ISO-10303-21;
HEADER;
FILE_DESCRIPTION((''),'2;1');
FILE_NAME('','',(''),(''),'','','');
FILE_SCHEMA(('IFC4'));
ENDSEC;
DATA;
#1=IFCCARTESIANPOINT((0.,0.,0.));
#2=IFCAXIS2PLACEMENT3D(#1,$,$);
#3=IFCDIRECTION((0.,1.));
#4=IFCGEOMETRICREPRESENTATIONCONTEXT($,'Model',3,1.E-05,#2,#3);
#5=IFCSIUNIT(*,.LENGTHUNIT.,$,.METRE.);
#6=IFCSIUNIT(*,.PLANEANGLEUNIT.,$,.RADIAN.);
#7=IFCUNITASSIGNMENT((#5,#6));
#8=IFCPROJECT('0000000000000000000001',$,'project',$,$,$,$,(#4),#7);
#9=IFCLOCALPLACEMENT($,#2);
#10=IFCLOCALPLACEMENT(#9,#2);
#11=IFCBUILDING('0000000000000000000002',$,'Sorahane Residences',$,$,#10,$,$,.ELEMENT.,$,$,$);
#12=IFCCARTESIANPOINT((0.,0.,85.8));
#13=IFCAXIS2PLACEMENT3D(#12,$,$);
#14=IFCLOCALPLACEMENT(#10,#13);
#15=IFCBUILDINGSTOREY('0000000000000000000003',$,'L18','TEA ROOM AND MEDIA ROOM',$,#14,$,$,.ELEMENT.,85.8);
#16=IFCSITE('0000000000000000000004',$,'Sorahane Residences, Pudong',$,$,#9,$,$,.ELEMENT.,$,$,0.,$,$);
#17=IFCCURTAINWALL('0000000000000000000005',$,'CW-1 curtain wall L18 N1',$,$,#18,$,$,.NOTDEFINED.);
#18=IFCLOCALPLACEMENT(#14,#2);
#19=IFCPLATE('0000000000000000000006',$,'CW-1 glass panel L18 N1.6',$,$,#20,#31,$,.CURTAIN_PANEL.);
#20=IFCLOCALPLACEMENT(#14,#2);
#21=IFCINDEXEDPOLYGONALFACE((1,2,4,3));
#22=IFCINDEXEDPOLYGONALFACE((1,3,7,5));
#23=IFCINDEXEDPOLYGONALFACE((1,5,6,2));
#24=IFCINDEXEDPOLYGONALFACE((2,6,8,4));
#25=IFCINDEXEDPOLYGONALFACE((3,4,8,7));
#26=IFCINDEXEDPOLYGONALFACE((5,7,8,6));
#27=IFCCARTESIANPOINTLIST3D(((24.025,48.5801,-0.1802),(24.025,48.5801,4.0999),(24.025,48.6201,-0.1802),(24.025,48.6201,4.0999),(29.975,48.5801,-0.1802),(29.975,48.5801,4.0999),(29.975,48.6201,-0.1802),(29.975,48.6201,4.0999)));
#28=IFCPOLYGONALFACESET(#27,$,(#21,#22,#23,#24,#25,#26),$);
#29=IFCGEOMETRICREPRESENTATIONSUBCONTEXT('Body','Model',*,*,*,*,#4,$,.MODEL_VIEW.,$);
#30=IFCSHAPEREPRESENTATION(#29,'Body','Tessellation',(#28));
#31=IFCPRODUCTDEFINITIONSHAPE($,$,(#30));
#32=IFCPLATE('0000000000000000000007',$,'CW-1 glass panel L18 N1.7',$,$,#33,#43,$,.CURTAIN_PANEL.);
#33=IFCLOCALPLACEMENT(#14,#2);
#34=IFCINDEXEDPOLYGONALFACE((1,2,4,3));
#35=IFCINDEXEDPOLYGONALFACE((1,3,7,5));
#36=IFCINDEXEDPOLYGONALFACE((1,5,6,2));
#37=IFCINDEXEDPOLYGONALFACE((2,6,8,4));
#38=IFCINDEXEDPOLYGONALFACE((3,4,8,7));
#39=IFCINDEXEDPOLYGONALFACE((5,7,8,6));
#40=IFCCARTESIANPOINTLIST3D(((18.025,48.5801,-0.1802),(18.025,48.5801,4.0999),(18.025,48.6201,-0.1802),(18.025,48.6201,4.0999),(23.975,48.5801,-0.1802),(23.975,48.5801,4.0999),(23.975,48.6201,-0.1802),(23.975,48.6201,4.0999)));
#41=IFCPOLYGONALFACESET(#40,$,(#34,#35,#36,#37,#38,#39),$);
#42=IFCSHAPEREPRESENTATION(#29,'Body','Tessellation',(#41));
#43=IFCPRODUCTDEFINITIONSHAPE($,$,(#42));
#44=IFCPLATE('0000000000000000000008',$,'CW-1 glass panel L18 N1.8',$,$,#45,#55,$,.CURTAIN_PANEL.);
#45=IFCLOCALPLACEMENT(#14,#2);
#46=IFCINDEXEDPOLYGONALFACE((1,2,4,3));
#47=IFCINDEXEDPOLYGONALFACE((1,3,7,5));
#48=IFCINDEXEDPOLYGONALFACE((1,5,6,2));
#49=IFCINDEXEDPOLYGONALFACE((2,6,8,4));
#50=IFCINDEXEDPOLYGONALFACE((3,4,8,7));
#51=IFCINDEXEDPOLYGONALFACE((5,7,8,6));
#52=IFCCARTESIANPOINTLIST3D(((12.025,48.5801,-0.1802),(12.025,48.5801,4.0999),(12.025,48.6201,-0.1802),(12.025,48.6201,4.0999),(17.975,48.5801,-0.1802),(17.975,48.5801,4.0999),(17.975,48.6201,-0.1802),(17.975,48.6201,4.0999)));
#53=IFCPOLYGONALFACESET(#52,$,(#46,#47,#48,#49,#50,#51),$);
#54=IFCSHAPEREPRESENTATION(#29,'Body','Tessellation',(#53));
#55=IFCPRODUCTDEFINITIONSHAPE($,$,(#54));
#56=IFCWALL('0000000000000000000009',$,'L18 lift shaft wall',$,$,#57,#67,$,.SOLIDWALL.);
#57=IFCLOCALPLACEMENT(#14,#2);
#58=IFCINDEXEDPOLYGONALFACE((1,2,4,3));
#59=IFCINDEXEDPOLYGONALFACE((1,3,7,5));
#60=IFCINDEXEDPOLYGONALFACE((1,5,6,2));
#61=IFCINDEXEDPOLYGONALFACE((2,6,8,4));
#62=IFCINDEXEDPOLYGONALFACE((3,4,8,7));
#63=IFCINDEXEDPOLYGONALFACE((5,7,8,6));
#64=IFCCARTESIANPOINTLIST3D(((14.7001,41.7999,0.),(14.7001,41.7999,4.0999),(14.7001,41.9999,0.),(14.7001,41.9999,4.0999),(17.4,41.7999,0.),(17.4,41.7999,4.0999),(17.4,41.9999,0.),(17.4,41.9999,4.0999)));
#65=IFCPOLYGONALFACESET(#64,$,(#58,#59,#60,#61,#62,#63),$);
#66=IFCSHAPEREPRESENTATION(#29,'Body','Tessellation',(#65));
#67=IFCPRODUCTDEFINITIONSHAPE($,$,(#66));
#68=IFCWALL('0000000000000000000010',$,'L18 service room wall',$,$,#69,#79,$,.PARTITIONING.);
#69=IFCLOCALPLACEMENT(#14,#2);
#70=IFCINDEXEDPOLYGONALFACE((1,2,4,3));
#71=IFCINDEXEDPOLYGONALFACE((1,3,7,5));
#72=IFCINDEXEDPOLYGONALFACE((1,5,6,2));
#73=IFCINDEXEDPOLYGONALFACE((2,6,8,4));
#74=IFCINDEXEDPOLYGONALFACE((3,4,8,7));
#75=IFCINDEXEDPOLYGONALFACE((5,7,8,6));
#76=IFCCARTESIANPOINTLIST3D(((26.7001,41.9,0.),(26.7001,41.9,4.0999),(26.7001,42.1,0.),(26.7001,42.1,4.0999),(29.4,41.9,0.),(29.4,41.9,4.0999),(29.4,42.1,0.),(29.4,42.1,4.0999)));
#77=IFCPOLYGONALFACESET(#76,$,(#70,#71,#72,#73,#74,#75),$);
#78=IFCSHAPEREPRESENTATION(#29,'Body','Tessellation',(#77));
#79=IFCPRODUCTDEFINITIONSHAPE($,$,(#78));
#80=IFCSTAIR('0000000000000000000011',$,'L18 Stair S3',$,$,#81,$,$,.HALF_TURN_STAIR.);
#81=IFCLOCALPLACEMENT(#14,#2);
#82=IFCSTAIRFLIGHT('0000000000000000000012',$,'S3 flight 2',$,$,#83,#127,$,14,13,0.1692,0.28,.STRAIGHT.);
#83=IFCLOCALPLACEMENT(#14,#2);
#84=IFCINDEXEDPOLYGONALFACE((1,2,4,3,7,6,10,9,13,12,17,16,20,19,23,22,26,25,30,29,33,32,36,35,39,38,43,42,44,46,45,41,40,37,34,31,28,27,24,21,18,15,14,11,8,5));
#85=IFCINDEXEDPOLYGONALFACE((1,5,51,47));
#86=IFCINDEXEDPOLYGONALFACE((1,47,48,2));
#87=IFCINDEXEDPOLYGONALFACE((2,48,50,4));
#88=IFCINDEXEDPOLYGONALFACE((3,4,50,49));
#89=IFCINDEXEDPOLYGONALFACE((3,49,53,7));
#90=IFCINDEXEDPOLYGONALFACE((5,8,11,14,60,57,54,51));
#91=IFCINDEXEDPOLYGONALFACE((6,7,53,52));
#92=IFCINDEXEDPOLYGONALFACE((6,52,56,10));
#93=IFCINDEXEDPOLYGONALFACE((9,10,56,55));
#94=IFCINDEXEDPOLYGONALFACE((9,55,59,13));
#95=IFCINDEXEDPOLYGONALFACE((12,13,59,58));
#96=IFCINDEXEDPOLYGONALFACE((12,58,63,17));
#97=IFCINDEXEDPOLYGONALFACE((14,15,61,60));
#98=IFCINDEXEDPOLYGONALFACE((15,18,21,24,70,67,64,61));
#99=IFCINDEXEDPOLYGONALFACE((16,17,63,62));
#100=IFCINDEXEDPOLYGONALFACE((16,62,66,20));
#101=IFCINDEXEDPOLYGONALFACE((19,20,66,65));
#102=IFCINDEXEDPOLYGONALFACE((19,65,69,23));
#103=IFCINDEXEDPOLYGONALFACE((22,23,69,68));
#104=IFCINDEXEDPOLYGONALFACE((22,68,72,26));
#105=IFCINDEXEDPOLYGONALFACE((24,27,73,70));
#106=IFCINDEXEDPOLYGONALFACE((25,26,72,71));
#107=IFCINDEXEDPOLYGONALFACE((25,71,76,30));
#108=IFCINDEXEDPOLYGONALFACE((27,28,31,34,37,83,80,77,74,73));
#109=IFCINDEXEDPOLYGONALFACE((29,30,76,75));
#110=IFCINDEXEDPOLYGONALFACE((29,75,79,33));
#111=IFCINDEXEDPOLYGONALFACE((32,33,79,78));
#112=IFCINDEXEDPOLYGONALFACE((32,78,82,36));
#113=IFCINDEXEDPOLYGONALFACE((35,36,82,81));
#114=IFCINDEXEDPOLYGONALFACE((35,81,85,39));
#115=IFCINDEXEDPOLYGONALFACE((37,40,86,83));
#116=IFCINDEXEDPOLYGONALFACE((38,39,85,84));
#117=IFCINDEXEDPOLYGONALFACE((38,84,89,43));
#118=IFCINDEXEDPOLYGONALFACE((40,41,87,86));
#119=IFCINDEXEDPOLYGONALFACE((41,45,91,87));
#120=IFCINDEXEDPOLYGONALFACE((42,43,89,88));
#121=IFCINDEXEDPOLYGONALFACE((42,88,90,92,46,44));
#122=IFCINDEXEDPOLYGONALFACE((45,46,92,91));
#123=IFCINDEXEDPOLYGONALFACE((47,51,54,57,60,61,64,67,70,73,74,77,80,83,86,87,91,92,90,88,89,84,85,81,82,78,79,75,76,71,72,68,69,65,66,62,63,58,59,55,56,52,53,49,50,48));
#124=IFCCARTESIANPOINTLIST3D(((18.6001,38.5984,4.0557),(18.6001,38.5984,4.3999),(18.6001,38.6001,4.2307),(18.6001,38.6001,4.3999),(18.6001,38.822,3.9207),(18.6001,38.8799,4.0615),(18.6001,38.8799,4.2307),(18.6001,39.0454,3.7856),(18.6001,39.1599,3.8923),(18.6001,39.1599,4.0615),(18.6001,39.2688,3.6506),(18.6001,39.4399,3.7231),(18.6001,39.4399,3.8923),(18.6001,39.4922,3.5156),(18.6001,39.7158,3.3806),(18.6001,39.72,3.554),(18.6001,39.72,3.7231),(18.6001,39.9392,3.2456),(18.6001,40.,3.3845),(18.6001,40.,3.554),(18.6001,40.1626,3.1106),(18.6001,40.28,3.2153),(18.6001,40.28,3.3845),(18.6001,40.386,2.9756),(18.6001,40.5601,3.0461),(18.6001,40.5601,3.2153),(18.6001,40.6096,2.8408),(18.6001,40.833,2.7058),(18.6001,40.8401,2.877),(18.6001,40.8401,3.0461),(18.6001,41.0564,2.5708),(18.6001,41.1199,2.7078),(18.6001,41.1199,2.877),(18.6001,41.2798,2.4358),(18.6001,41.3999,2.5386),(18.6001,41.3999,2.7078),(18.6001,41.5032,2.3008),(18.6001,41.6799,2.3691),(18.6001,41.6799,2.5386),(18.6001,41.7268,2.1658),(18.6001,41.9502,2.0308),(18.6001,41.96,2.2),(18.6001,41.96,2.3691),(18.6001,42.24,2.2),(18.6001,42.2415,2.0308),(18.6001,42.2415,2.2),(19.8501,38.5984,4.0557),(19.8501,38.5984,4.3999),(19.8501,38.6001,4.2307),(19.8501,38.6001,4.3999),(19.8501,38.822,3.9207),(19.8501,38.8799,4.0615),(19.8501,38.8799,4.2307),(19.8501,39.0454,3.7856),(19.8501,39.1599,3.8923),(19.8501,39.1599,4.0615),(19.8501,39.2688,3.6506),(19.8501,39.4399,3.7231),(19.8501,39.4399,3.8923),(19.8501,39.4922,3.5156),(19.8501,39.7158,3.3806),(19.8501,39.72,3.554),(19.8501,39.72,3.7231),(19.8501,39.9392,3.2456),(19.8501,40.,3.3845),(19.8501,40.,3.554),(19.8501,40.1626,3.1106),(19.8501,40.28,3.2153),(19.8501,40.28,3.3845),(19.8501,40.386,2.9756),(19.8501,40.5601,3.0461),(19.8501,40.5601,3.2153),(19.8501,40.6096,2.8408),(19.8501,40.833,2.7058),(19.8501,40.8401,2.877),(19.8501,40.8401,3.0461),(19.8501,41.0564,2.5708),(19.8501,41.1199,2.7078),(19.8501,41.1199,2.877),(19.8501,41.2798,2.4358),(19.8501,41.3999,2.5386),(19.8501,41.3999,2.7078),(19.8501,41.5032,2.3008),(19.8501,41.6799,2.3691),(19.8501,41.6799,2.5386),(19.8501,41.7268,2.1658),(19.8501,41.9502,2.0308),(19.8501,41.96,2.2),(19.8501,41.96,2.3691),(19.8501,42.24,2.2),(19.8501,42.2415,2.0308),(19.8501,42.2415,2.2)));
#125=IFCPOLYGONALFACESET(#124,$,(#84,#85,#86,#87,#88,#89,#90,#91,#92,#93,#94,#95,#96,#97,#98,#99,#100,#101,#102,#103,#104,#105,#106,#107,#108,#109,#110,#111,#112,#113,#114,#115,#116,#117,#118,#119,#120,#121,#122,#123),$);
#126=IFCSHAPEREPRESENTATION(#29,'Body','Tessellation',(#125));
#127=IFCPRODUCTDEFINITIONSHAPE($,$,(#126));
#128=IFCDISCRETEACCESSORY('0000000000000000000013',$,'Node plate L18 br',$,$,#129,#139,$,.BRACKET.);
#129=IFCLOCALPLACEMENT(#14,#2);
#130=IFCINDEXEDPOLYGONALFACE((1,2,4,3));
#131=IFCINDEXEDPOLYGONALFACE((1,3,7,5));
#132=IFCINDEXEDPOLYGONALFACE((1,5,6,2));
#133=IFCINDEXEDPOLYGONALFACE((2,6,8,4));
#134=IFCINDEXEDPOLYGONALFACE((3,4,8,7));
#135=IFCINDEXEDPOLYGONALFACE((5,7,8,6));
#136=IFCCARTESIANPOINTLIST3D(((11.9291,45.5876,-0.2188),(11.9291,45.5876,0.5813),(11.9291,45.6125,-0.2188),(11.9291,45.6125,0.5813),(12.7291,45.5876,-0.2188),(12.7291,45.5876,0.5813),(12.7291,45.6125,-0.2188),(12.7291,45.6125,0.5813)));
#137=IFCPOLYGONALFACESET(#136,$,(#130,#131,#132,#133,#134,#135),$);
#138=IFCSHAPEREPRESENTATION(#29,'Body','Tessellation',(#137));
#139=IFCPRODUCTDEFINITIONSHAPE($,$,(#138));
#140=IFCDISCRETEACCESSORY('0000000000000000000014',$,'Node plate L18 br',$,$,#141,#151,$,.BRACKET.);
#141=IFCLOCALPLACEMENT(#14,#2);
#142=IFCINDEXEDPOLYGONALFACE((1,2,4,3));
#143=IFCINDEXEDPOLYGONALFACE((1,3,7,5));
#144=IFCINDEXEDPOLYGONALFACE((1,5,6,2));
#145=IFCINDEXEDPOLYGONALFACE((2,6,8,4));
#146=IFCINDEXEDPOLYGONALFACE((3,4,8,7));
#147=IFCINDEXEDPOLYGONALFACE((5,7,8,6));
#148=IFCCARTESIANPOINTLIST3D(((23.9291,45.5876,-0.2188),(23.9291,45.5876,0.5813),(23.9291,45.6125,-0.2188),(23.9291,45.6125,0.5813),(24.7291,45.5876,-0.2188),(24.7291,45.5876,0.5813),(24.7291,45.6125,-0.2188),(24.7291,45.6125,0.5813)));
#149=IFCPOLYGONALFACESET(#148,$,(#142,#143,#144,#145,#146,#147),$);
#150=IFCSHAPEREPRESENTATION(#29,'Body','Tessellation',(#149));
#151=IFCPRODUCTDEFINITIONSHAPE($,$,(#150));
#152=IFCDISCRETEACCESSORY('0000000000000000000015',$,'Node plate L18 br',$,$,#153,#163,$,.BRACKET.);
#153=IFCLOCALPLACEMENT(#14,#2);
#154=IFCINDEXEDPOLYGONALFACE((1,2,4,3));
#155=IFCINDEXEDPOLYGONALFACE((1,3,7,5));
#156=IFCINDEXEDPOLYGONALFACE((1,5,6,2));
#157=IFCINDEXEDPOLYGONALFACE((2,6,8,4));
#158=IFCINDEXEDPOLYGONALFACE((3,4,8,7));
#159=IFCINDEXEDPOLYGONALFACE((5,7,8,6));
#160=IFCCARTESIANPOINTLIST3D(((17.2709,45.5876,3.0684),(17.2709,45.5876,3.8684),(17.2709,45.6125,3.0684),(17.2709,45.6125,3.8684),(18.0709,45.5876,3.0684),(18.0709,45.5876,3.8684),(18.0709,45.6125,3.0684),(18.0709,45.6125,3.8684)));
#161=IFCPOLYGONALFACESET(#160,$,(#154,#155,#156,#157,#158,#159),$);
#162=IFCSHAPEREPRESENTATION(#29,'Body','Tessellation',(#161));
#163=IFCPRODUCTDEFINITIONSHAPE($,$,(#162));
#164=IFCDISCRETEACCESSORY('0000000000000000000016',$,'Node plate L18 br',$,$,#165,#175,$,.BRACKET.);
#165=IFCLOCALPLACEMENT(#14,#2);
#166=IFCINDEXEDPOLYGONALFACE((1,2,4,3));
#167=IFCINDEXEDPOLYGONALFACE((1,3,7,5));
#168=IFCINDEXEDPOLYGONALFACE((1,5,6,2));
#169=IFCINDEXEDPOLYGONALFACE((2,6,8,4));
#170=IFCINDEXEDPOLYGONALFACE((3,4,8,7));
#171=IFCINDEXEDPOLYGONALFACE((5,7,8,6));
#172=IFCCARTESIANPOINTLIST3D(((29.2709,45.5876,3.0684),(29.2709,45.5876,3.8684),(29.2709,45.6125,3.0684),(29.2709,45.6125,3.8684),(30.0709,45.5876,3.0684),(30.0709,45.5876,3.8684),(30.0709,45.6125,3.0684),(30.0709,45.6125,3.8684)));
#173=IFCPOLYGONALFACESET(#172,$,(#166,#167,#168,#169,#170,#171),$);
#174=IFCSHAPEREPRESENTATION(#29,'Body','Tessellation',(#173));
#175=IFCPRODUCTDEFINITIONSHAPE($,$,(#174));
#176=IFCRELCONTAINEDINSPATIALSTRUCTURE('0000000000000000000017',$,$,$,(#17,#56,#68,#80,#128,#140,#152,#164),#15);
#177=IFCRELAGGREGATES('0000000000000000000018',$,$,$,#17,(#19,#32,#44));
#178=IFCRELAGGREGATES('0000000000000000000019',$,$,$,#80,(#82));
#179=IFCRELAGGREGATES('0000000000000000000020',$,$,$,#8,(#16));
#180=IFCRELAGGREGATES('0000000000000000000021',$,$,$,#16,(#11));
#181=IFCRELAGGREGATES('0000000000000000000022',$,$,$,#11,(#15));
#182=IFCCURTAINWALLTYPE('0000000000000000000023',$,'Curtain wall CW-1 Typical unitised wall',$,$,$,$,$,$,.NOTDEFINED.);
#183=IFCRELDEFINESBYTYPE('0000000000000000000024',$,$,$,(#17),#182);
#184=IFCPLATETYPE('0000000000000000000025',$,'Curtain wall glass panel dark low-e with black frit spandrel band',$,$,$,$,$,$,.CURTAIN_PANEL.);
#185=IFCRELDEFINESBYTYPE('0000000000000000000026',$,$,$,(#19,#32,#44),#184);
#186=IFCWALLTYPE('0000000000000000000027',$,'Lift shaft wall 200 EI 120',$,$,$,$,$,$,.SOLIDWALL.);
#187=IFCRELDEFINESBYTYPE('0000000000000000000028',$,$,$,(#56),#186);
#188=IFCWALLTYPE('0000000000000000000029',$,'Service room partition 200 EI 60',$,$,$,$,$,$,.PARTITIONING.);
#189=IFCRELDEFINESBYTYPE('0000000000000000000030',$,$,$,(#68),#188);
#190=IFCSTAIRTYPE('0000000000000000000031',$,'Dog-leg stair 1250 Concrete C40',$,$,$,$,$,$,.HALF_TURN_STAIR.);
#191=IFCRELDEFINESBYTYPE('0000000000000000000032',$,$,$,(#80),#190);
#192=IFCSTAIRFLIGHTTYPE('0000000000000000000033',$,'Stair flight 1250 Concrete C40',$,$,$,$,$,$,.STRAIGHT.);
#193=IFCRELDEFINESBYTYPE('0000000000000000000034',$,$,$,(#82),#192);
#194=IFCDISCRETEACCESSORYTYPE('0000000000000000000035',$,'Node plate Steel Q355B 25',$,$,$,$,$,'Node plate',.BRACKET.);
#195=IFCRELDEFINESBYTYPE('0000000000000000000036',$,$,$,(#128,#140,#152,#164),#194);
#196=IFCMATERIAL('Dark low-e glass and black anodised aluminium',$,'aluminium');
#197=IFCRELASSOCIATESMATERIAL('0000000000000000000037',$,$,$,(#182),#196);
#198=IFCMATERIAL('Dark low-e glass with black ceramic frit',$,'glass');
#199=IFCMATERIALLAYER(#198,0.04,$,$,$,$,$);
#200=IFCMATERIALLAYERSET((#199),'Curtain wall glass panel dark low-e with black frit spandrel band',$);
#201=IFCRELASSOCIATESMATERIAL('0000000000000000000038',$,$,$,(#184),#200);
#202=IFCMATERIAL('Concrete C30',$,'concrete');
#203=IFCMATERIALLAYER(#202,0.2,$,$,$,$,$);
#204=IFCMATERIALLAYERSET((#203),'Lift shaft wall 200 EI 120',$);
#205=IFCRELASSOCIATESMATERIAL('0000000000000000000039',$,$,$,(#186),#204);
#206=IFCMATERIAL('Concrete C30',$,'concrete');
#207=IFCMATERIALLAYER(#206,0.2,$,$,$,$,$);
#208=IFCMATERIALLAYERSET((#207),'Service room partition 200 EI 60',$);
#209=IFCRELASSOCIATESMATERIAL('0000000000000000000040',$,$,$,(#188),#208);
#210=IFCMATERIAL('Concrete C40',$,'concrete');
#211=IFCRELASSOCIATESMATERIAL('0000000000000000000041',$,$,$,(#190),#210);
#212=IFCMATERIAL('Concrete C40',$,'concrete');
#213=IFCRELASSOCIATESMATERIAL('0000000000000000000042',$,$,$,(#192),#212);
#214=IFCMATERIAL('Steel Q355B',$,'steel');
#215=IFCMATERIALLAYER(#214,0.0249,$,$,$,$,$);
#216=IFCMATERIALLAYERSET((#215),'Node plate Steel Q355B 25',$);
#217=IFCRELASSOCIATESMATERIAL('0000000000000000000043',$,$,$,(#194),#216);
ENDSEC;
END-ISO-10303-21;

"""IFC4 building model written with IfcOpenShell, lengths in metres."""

from ifc_helpers import new_model, si_unit, direction, frame, frame_2d, origin, origin_2d, place, context, subcontext, project, spatial, polyline, rectangle, outline, extrude, material, layer, layer_set, type_object, element, aggregate, save


model = new_model("IFC4")

# Units and contexts
model_context = context("Model", 3, precision=1e-05, world=origin(), true_north=direction((0.0, 1.0)))
body_context = subcontext(model_context, "Body", "Model", "MODEL_VIEW")
ifc_project = project(units=[si_unit("LENGTHUNIT", "METRE"), si_unit("PLANEANGLEUNIT", "RADIAN")], contexts=[model_context])

# Site, building, storey
site_placement = place(None, origin())
site = spatial("IfcSite", under=ifc_project, at=site_placement, Name="Sorahane Residences, Pudong", CompositionType="ELEMENT", RefElevation=0.0)
building_placement = place(site_placement, origin())
building = spatial("IfcBuilding", under=site, at=building_placement, Name="Sorahane Residences", CompositionType="ELEMENT")
storey_placement = place(building_placement, frame((0.0, 0.0, 85.8)))
storey = spatial("IfcBuildingStorey", under=building, at=storey_placement, Name="L18", Description="TEA ROOM AND MEDIA ROOM", CompositionType="ELEMENT", Elevation=85.8)

# Curtain wall
ifc_material_1 = material(Name="Dark low-e glass and black anodised aluminium", Category="aluminium")
curtain_wall_type = type_object("IfcCurtainWallType", Name="Curtain wall CW-1 Typical unitised wall", PredefinedType="NOTDEFINED", material=ifc_material_1)
curtain_wall_placement = place(storey_placement, origin())
curtain_wall = element("IfcCurtainWall", 1, at=curtain_wall_placement, inside=storey, type_object=curtain_wall_type, Name="CW-1 curtain wall L18 N1", PredefinedType="NOTDEFINED")

# Plates
ifc_material_2 = material(Name="Dark low-e glass with black ceramic frit", Category="glass")
ifc_layer_1 = layer(ifc_material_2, 0.04)
ifc_layer_set_1 = layer_set([ifc_layer_1], Name="Curtain wall glass panel dark low-e with black frit spandrel band")
plate_type = type_object("IfcPlateType", Name="Curtain wall glass panel dark low-e with black frit spandrel band", PredefinedType="CURTAIN_PANEL", material=ifc_layer_set_1)
plate_1_placement = place(storey_placement, frame((27.0, 48.6001, -0.1802), z_axis=(0.0, 0.0, 1.0), x_axis=(-1.0, 0.0, 0.0)))
plate_1 = element("IfcPlate", 2, at=plate_1_placement, type_object=plate_type, Name="CW-1 glass panel L18 N1.6", PredefinedType="CURTAIN_PANEL", context=body_context, shape_type="SweptSolid", body=[
    extrude(rectangle(XDim=5.95, YDim=0.04, at=origin_2d()), origin(), (0.0, 0.0, 1.0), 4.28),
])
plate_2_placement = place(storey_placement, frame((21.0, 48.6001, -0.1802), z_axis=(0.0, 0.0, 1.0), x_axis=(-1.0, 0.0, 0.0)))
plate_2 = element("IfcPlate", 3, at=plate_2_placement, type_object=plate_type, Name="CW-1 glass panel L18 N1.7", PredefinedType="CURTAIN_PANEL", context=body_context, shape_type="SweptSolid", body=[
    extrude(rectangle(XDim=5.95, YDim=0.04, at=origin_2d()), origin(), (0.0, 0.0, 1.0), 4.28),
])
plate_3_placement = place(storey_placement, frame((15.0, 48.6001, -0.1802), z_axis=(0.0, 0.0, 1.0), x_axis=(-1.0, 0.0, 0.0)))
plate_3 = element("IfcPlate", 4, at=plate_3_placement, type_object=plate_type, Name="CW-1 glass panel L18 N1.8", PredefinedType="CURTAIN_PANEL", context=body_context, shape_type="SweptSolid", body=[
    extrude(rectangle(XDim=5.95, YDim=0.04, at=origin_2d()), origin(), (0.0, 0.0, 1.0), 4.28),
])
aggregate(curtain_wall, [plate_1, plate_2, plate_3])

# Walls
ifc_material_3 = material(Name="Concrete C30", Category="concrete")
ifc_layer_2 = layer(ifc_material_3, 0.2)
ifc_layer_set_2 = layer_set([ifc_layer_2], Name="Lift shaft wall 200 EI 120")
wall_type_1 = type_object("IfcWallType", Name="Lift shaft wall 200 EI 120", PredefinedType="SOLIDWALL", material=ifc_layer_set_2)
wall_1_placement = place(storey_placement, frame((14.7, 41.8999, 0.0), z_axis=(0.0, 0.0, 1.0), x_axis=(1.0, 0.0, 0.0)))
element("IfcWall", 5, at=wall_1_placement, inside=storey, type_object=wall_type_1, Name="L18 lift shaft wall", PredefinedType="SOLIDWALL", context=body_context, shape_type="SweptSolid", body=[
    extrude(rectangle(XDim=2.7, YDim=0.2, at=frame_2d((1.3501, 0.0))), origin(), (0.0, 0.0, 1.0), 4.0999),
])
ifc_material_4 = material(Name="Concrete C30", Category="concrete")
ifc_layer_3 = layer(ifc_material_4, 0.2)
ifc_layer_set_3 = layer_set([ifc_layer_3], Name="Service room partition 200 EI 60")
wall_type_2 = type_object("IfcWallType", Name="Service room partition 200 EI 60", PredefinedType="PARTITIONING", material=ifc_layer_set_3)
wall_2_placement = place(storey_placement, frame((26.7, 42.0, 0.0), z_axis=(0.0, 0.0, 1.0), x_axis=(1.0, 0.0, 0.0)))
element("IfcWall", 6, at=wall_2_placement, inside=storey, type_object=wall_type_2, Name="L18 service room wall", PredefinedType="PARTITIONING", context=body_context, shape_type="SweptSolid", body=[
    extrude(rectangle(XDim=2.7, YDim=0.2, at=frame_2d((1.3501, 0.0))), origin(), (0.0, 0.0, 1.0), 4.0999),
])

# Stair, stair flight
ifc_material_5 = material(Name="Concrete C40", Category="concrete")
stair_type = type_object("IfcStairType", Name="Dog-leg stair 1250 Concrete C40", PredefinedType="HALF_TURN_STAIR", material=ifc_material_5)
stair_placement = place(storey_placement, origin())
stair = element("IfcStair", 7, at=stair_placement, inside=storey, type_object=stair_type, Name="L18 Stair S3", PredefinedType="HALF_TURN_STAIR")
ifc_material_6 = material(Name="Concrete C40", Category="concrete")
stair_flight_type = type_object("IfcStairFlightType", Name="Stair flight 1250 Concrete C40", PredefinedType="STRAIGHT", material=ifc_material_6)
stair_flight_placement = place(storey_placement, frame((19.2251, 42.24, 2.0308), z_axis=(0.0, 0.0, 1.0), x_axis=(0.0, -1.0, 0.0)))
stair_flight = element("IfcStairFlight", 8, at=stair_flight_placement, type_object=stair_flight_type, Name="S3 flight 2", NumberOfRisers=14, NumberOfTreads=13, PredefinedType="STRAIGHT", RiserHeight=0.1692, TreadLength=0.28, context=body_context, shape_type="SweptSolid", body=[
    extrude(outline(polyline([(-0.0015, 0.0), (-0.0015, 0.1692), (0.0, 0.1692), (0.28, 0.1692), (0.28, 0.3384), (0.5601, 0.3384), (0.5601, 0.5078), (0.8401, 0.5078), (0.8401, 0.677), (1.1201, 0.677), (1.1201, 0.8462), (1.3999, 0.8462), (1.3999, 1.0154), (1.6799, 1.0154), (1.6799, 1.1846), (1.96, 1.1846), (1.96, 1.3538), (2.24, 1.3538), (2.24, 1.5232), (2.52, 1.5232), (2.52, 1.6924), (2.8, 1.6924), (2.8, 1.8616), (3.0801, 1.8616), (3.0801, 2.0308), (3.3601, 2.0308), (3.3601, 2.2), (3.6399, 2.2), (3.6399, 2.3691), (3.6416, 2.3691), (3.6416, 2.0249), (3.418, 1.8899), (3.1946, 1.7549), (2.9712, 1.6199), (2.7478, 1.4849), (2.5242, 1.3499), (2.3008, 1.2148), (2.0774, 1.0798), (1.854, 0.9448), (1.6304, 0.8101), (1.407, 0.675), (1.1836, 0.54), (0.9602, 0.405), (0.7368, 0.27), (0.5132, 0.135), (0.2898, 0.0), (-0.0015, 0.0)])), frame((0.0, 0.625, 0.0), z_axis=(0.0, -1.0, 0.0), x_axis=(1.0, 0.0, 0.0)), (0.0, 0.0, 1.0), 1.25),
])
aggregate(stair, [stair_flight])

# Discrete accessories
ifc_material_7 = material(Name="Steel Q355B", Category="steel")
ifc_layer_4 = layer(ifc_material_7, 0.0249)
ifc_layer_set_4 = layer_set([ifc_layer_4], Name="Node plate Steel Q355B 25")
discrete_accessory_type = type_object("IfcDiscreteAccessoryType", Name="Node plate Steel Q355B 25", ElementType="Node plate", PredefinedType="BRACKET", material=ifc_layer_set_4)
for number, where, z_axis, x_axis, name in (
    (9, (12.3291, 45.6001, -0.2188), (0.0, 0.0, 1.0), (1.0, 0.0, 0.0), "Node plate L18 br"),
    (10, (24.3291, 45.6001, -0.2188), (0.0, 0.0, 1.0), (1.0, 0.0, 0.0), "Node plate L18 br"),
    (11, (17.6709, 45.6001, 3.0684), (0.0, 0.0, 1.0), (1.0, 0.0, 0.0), "Node plate L18 br"),
    (12, (29.6709, 45.6001, 3.0684), (0.0, 0.0, 1.0), (1.0, 0.0, 0.0), "Node plate L18 br"),
):
    element("IfcDiscreteAccessory", number, at=place(storey_placement, frame(where, z_axis=z_axis, x_axis=x_axis)), inside=storey, type_object=discrete_accessory_type, Name=name, PredefinedType="BRACKET", context=body_context, shape_type="SweptSolid", body=[
        extrude(rectangle(XDim=0.8, YDim=0.0249, at=origin_2d()), origin(), (0.0, 0.0, 1.0), 0.8),
    ])

save(model, "model.ifc")
